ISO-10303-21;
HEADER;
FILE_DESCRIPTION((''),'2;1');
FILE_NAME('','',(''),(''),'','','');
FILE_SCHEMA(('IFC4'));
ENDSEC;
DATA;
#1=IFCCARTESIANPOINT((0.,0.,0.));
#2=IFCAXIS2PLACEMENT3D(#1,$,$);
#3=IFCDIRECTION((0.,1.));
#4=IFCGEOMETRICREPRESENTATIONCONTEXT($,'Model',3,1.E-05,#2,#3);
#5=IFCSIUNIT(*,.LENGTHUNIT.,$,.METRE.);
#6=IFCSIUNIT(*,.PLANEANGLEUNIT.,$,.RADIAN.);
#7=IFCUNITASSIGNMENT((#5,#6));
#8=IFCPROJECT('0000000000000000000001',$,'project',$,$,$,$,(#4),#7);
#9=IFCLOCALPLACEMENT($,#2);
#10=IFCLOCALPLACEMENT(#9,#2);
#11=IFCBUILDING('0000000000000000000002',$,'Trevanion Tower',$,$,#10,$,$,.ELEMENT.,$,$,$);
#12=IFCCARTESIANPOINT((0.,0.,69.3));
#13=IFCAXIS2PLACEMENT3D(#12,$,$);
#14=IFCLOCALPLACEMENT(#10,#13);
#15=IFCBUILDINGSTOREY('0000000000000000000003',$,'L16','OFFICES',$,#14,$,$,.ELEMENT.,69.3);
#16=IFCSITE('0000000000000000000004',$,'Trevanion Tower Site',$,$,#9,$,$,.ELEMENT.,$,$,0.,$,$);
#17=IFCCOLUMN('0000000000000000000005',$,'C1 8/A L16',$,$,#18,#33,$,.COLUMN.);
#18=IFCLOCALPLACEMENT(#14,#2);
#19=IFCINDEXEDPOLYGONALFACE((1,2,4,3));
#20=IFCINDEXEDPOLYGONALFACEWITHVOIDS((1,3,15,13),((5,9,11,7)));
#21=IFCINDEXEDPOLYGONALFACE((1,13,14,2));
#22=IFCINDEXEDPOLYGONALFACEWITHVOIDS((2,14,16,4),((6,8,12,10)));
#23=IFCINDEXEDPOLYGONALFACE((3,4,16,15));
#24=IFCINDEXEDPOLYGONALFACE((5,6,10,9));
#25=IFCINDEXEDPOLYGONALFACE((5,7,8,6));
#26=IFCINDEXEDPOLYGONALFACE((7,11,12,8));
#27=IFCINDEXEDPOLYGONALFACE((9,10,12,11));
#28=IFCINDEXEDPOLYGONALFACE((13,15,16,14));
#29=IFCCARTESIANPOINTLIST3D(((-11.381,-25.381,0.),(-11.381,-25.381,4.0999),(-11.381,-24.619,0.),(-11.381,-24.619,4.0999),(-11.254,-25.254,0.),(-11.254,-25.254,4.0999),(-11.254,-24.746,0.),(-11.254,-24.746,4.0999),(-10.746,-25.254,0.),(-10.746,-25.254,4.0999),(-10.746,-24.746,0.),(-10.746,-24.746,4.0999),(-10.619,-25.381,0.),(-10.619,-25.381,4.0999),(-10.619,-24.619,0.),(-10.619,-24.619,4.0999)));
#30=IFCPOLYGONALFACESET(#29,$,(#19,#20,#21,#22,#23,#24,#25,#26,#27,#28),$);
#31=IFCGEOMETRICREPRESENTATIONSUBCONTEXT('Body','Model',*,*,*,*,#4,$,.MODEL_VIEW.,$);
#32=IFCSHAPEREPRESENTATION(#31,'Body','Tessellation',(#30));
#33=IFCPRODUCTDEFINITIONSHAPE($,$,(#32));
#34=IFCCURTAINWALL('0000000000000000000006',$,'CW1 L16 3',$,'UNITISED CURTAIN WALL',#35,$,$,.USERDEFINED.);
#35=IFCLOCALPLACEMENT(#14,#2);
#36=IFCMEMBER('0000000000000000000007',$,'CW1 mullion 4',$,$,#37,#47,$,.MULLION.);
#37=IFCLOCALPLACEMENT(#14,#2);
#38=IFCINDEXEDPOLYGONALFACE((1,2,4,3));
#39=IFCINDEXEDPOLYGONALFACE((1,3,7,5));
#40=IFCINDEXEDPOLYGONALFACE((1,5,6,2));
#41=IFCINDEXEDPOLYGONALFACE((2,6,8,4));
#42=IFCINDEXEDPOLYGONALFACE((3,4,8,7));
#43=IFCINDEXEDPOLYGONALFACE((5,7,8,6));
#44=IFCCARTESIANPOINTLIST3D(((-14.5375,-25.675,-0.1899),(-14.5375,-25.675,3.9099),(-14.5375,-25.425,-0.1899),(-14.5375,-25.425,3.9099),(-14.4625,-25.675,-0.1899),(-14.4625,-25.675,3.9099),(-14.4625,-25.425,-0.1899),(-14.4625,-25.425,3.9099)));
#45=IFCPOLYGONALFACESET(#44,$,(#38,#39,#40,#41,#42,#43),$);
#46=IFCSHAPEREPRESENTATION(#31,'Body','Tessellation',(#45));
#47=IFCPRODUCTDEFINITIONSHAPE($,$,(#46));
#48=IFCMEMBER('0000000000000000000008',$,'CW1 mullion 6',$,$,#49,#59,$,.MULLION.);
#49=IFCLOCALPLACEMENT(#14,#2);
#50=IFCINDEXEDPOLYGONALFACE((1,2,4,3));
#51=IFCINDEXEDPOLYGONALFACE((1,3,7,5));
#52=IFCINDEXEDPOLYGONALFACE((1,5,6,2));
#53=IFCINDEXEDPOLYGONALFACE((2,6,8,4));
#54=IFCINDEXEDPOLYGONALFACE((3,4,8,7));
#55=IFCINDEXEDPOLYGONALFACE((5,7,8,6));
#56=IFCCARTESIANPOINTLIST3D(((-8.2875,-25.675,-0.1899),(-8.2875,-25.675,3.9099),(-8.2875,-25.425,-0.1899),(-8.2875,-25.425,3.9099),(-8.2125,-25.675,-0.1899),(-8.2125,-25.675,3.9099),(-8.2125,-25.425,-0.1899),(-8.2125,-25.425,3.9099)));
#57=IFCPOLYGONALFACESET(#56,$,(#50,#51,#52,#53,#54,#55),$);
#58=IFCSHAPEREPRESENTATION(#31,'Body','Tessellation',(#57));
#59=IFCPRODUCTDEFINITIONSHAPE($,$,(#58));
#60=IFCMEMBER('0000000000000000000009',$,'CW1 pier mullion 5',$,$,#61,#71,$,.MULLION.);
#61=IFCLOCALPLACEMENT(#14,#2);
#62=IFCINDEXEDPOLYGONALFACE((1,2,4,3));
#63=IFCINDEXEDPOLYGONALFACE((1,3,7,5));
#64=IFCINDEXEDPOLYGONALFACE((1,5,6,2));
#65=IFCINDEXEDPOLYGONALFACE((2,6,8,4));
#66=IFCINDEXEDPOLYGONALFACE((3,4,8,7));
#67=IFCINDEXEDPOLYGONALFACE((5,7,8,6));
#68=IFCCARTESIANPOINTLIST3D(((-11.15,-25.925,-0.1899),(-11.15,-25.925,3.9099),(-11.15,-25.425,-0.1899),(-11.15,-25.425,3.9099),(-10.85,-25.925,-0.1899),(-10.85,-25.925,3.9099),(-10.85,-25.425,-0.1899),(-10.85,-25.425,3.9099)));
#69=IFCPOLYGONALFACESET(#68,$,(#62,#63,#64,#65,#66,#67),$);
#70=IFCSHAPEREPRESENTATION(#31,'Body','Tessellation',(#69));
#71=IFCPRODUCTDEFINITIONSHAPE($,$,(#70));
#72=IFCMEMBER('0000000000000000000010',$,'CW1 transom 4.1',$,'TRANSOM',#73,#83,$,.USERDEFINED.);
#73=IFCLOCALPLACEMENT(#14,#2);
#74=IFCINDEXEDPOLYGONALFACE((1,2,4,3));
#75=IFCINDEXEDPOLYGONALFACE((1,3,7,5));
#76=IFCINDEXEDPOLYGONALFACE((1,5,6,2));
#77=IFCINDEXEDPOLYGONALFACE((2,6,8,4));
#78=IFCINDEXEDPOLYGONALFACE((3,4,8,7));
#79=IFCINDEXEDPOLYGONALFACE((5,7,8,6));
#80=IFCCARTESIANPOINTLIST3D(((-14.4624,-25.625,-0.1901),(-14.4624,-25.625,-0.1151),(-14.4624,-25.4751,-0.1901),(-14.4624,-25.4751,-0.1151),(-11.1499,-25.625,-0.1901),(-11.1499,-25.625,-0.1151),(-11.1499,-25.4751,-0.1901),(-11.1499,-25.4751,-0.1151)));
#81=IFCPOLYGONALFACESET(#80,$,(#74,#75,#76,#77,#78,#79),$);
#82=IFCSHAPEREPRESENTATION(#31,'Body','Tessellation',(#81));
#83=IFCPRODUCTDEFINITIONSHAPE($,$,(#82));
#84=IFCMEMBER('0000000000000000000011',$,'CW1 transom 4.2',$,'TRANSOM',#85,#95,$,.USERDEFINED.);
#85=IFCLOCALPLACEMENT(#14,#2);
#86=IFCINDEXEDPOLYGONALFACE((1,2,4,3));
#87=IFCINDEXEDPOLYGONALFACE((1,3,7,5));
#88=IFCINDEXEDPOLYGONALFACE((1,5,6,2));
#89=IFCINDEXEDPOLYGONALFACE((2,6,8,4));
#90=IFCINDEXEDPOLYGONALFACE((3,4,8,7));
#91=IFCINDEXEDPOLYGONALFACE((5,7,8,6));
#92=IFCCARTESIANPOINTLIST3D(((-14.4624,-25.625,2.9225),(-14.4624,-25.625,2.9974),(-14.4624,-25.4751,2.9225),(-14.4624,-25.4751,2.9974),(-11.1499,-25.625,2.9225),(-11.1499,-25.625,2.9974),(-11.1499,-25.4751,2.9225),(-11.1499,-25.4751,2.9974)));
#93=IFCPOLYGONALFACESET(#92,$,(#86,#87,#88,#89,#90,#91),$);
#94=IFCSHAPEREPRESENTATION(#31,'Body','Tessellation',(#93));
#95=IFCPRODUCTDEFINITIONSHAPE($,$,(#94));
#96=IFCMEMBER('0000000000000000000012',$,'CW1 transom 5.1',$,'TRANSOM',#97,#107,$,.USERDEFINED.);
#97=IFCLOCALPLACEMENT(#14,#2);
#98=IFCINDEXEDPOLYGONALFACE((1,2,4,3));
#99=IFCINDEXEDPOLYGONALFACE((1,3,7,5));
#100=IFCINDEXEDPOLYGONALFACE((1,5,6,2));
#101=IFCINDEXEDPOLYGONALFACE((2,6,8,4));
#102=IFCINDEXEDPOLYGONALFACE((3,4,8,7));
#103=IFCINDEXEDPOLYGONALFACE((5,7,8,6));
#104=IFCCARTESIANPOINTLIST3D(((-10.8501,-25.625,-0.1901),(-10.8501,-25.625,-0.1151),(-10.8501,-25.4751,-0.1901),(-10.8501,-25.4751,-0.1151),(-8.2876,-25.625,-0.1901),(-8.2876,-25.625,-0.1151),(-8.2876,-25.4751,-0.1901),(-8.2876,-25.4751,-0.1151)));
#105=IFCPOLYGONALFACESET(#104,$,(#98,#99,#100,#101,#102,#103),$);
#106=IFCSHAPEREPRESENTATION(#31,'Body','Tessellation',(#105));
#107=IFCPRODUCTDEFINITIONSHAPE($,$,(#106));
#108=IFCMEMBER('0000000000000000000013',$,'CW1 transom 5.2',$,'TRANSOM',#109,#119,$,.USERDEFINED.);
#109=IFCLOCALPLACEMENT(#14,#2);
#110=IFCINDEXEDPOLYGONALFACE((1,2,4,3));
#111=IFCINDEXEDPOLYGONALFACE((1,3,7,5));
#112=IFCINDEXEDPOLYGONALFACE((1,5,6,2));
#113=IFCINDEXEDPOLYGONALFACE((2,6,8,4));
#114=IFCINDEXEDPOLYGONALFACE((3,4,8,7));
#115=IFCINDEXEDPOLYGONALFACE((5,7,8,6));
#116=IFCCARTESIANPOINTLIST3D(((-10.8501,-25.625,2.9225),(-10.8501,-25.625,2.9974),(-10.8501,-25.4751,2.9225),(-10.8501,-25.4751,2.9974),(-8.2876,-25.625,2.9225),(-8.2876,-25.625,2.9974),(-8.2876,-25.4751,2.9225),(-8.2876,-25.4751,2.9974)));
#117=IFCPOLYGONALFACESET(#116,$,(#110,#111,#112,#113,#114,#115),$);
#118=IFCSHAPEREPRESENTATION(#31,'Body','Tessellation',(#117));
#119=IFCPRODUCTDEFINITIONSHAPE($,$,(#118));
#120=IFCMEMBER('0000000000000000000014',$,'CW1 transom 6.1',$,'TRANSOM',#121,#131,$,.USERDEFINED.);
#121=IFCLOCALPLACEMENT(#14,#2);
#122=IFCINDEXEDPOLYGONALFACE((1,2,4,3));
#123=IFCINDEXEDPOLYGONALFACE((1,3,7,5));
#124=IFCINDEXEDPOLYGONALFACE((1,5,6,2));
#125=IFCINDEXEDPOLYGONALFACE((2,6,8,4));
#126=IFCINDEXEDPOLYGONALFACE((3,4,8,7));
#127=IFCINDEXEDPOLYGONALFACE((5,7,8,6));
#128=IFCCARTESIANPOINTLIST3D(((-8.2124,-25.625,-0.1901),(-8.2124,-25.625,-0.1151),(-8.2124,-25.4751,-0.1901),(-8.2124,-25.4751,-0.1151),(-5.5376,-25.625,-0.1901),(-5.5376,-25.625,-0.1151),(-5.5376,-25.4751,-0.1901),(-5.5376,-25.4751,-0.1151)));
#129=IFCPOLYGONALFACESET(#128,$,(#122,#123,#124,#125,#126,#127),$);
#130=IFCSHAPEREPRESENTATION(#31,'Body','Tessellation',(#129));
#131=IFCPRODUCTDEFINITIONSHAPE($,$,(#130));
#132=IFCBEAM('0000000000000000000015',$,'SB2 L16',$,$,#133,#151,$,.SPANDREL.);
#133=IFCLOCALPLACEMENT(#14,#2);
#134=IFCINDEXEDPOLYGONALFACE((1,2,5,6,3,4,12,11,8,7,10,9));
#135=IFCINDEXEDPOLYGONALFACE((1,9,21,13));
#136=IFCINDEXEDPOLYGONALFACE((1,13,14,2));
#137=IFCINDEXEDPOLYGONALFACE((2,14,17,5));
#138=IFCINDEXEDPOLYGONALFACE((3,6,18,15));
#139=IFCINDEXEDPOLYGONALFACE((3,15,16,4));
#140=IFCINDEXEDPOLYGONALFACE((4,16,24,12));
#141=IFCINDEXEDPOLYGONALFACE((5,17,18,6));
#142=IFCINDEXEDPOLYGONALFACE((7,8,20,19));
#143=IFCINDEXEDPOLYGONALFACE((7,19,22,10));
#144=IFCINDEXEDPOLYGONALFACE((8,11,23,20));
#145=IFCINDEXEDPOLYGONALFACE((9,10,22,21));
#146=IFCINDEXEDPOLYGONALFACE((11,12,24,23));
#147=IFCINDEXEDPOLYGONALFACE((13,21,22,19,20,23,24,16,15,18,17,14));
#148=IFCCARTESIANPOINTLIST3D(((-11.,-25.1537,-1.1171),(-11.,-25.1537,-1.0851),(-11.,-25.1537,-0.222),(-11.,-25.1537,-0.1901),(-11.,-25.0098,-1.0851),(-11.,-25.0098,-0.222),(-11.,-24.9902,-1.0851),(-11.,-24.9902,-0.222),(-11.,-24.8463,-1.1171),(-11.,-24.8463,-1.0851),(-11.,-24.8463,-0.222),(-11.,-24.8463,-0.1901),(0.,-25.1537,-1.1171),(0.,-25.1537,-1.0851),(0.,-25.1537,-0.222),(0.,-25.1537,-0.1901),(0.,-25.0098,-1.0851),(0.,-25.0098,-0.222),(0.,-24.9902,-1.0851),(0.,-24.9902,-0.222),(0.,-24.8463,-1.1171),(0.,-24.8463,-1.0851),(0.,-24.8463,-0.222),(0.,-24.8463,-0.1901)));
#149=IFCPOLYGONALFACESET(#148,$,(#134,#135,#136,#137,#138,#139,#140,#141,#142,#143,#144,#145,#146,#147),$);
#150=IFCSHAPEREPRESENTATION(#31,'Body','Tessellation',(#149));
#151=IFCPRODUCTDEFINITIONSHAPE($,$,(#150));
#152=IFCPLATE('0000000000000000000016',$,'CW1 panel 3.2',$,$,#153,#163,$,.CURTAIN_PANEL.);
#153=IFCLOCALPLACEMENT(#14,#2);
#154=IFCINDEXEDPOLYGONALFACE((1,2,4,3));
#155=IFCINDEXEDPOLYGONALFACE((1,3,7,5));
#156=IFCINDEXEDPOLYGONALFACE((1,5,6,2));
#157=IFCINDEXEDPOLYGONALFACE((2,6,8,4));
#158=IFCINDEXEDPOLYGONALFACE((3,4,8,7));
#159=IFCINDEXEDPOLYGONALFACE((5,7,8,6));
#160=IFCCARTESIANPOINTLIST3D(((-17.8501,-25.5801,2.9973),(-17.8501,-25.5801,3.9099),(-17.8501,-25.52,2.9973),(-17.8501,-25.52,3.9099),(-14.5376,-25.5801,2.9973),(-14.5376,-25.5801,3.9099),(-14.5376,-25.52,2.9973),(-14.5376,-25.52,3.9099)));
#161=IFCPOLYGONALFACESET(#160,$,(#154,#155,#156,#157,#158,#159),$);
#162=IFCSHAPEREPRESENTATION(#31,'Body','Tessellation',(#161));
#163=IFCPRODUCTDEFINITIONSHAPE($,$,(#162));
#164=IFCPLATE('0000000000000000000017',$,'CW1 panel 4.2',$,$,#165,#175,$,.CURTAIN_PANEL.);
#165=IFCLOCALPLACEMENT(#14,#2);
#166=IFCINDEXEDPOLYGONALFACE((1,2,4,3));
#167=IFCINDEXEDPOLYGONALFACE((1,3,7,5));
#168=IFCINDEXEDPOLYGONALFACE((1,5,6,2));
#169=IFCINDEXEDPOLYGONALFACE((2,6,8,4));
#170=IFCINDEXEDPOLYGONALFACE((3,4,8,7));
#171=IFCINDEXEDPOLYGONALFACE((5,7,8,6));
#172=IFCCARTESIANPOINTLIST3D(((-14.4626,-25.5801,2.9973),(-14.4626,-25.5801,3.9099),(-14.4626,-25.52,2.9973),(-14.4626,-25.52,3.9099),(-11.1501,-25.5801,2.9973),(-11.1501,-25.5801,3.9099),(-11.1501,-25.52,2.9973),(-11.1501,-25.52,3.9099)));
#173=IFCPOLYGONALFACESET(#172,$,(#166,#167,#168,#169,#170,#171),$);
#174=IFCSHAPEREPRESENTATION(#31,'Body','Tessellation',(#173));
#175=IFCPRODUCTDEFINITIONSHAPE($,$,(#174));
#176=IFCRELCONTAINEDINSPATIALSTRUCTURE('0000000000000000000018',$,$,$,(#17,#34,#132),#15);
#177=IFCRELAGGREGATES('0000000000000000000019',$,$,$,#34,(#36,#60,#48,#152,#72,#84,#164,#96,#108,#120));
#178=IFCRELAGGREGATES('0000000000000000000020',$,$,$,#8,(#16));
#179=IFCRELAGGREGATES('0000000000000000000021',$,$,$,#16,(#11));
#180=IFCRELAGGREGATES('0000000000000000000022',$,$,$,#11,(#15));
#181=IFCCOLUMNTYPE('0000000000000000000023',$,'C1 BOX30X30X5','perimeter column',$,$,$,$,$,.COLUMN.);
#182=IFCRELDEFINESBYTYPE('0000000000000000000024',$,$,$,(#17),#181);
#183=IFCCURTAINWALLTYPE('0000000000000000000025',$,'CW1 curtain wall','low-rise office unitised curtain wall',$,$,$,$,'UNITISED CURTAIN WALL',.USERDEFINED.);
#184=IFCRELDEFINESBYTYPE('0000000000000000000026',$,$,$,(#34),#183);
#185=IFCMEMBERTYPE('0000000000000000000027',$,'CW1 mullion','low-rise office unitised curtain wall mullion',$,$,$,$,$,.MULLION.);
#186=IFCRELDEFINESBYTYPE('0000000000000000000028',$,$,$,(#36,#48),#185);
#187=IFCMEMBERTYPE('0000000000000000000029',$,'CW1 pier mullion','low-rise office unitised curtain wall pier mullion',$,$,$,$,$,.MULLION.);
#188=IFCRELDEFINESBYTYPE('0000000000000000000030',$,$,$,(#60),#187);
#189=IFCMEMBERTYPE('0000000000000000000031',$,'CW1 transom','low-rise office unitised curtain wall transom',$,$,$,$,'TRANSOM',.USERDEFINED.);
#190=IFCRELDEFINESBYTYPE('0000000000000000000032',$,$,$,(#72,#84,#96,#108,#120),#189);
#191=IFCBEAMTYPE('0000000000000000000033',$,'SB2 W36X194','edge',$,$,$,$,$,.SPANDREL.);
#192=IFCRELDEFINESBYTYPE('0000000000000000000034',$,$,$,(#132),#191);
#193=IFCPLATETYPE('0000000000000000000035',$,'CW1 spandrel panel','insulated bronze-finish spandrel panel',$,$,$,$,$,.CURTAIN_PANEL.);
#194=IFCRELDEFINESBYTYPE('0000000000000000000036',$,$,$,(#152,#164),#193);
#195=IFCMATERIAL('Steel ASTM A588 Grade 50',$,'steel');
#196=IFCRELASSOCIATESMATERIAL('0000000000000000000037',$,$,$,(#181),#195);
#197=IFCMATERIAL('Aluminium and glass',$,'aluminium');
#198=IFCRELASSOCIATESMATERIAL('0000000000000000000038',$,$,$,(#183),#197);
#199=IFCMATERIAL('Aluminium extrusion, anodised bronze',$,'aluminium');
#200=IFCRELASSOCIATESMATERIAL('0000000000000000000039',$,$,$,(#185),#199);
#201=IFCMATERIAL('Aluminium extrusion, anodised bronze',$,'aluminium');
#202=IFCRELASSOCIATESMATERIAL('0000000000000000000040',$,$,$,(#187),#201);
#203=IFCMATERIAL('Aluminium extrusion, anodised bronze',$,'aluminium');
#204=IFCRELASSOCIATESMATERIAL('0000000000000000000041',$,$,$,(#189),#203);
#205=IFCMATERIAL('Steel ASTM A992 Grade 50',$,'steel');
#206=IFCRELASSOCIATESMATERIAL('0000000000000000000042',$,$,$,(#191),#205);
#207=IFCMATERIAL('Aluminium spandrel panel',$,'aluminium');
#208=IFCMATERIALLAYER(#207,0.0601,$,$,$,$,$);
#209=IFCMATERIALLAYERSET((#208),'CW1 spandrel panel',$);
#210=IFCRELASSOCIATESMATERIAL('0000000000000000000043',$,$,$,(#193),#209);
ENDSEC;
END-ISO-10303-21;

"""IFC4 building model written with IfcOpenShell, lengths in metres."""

from ifc_helpers import new_model, si_unit, direction, frame, origin, origin_2d, place, context, subcontext, project, spatial, rectangle, hollow_rectangle, i_section, extrude, material, layer, layer_set, material_profile, profile_set, type_object, element, aggregate, save


model = new_model("IFC4")

# Units and contexts
model_context = context("Model", 3, precision=1e-05, world=origin(), true_north=direction((0.0, 1.0)))
body_context = subcontext(model_context, "Body", "Model", "MODEL_VIEW")
ifc_project = project(units=[si_unit("LENGTHUNIT", "METRE"), si_unit("PLANEANGLEUNIT", "RADIAN")], contexts=[model_context])

# Site, building, storey
site_placement = place(None, origin())
site = spatial("IfcSite", under=ifc_project, at=site_placement, Name="Trevanion Tower Site", CompositionType="ELEMENT", RefElevation=0.0)
building_placement = place(site_placement, origin())
building = spatial("IfcBuilding", under=site, at=building_placement, Name="Trevanion Tower", CompositionType="ELEMENT")
storey_placement = place(building_placement, frame((0.0, 0.0, 69.3)))
storey = spatial("IfcBuildingStorey", under=building, at=storey_placement, Name="L16", Description="OFFICES", CompositionType="ELEMENT", Elevation=69.3)

# Column
ifc_material_1 = material(Name="Steel ASTM A588 Grade 50", Category="steel")
ifc_material_profile_1 = material_profile(ifc_material_1, hollow_rectangle(XDim=0.762, YDim=0.762, WallThickness=0.127, at=origin_2d()), Name="BOX30X30X5")
ifc_profile_set_1 = profile_set([ifc_material_profile_1], Name="Steel ASTM A588 Grade 50")
column_type = type_object("IfcColumnType", Name="C1 BOX30X30X5", Description="perimeter column", PredefinedType="COLUMN", material=ifc_profile_set_1)
column_placement = place(storey_placement, frame((-11.0, -25.0, 0.0), z_axis=(0.0, 0.0, 1.0), x_axis=(1.0, 0.0, 0.0)))
element("IfcColumn", 1, at=column_placement, inside=storey, type_object=column_type, Name="C1 8/A L16", PredefinedType="COLUMN", context=body_context, shape_type="SweptSolid", body=[
    extrude(hollow_rectangle(XDim=0.762, YDim=0.762, WallThickness=0.127, at=origin_2d()), origin(), (0.0, 0.0, 1.0), 4.0999),
])

# Curtain wall, members
ifc_material_2 = material(Name="Aluminium and glass", Category="aluminium")
curtain_wall_type = type_object("IfcCurtainWallType", Name="CW1 curtain wall", Description="low-rise office unitised curtain wall", ElementType="UNITISED CURTAIN WALL", PredefinedType="USERDEFINED", material=ifc_material_2)
curtain_wall_placement = place(storey_placement, origin())
curtain_wall = element("IfcCurtainWall", 2, at=curtain_wall_placement, inside=storey, type_object=curtain_wall_type, Name="CW1 L16 3", ObjectType="UNITISED CURTAIN WALL", PredefinedType="USERDEFINED")
ifc_material_3 = material(Name="Aluminium extrusion, anodised bronze", Category="aluminium")
ifc_material_profile_2 = material_profile(ifc_material_3, rectangle(XDim=0.075, YDim=0.25, at=origin_2d()), Name="CW1 mullion")
ifc_profile_set_2 = profile_set([ifc_material_profile_2], Name="Aluminium extrusion, anodised bronze")
member_type_1 = type_object("IfcMemberType", Name="CW1 mullion", Description="low-rise office unitised curtain wall mullion", PredefinedType="MULLION", material=ifc_profile_set_2)
member_1_placement = place(storey_placement, frame((-14.5, -25.55, -0.1899), z_axis=(0.0, 0.0, 1.0), x_axis=(1.0, 0.0, 0.0)))
member_1 = element("IfcMember", 3, at=member_1_placement, type_object=member_type_1, Name="CW1 mullion 4", PredefinedType="MULLION", context=body_context, shape_type="SweptSolid", body=[
    extrude(rectangle(XDim=0.075, YDim=0.25, at=origin_2d()), origin(), (0.0, 0.0, 1.0), 4.0999),
])
member_2_placement = place(storey_placement, frame((-8.25, -25.55, -0.1899), z_axis=(0.0, 0.0, 1.0), x_axis=(1.0, 0.0, 0.0)))
member_2 = element("IfcMember", 4, at=member_2_placement, type_object=member_type_1, Name="CW1 mullion 6", PredefinedType="MULLION", context=body_context, shape_type="SweptSolid", body=[
    extrude(rectangle(XDim=0.075, YDim=0.25, at=origin_2d()), origin(), (0.0, 0.0, 1.0), 4.0999),
])
ifc_material_4 = material(Name="Aluminium extrusion, anodised bronze", Category="aluminium")
ifc_material_profile_3 = material_profile(ifc_material_4, rectangle(XDim=0.3, YDim=0.5, at=origin_2d()), Name="CW1 pier mullion")
ifc_profile_set_3 = profile_set([ifc_material_profile_3], Name="Aluminium extrusion, anodised bronze")
member_type_2 = type_object("IfcMemberType", Name="CW1 pier mullion", Description="low-rise office unitised curtain wall pier mullion", PredefinedType="MULLION", material=ifc_profile_set_3)
member_3_placement = place(storey_placement, frame((-11.0, -25.675, -0.1899), z_axis=(0.0, 0.0, 1.0), x_axis=(1.0, 0.0, 0.0)))
member_3 = element("IfcMember", 5, at=member_3_placement, type_object=member_type_2, Name="CW1 pier mullion 5", PredefinedType="MULLION", context=body_context, shape_type="SweptSolid", body=[
    extrude(rectangle(XDim=0.3, YDim=0.5, at=origin_2d()), origin(), (0.0, 0.0, 1.0), 4.0999),
])
ifc_material_5 = material(Name="Aluminium extrusion, anodised bronze", Category="aluminium")
ifc_material_profile_4 = material_profile(ifc_material_5, rectangle(XDim=0.1499, YDim=0.075, at=origin_2d()), Name="CW1 transom")
ifc_profile_set_4 = profile_set([ifc_material_profile_4], Name="Aluminium extrusion, anodised bronze")
member_type_3 = type_object("IfcMemberType", Name="CW1 transom", Description="low-rise office unitised curtain wall transom", ElementType="TRANSOM", PredefinedType="USERDEFINED", material=ifc_profile_set_4)
member_4_placement = place(storey_placement, frame((-14.4624, -25.55, -0.1526), z_axis=(1.0, 0.0, 0.0), x_axis=(0.0, 1.0, 0.0)))
member_4 = element("IfcMember", 6, at=member_4_placement, type_object=member_type_3, Name="CW1 transom 4.1", ObjectType="TRANSOM", PredefinedType="USERDEFINED", context=body_context, shape_type="SweptSolid", body=[
    extrude(rectangle(XDim=0.1499, YDim=0.075, at=origin_2d()), origin(), (0.0, 0.0, 1.0), 3.3125),
])
member_5_placement = place(storey_placement, frame((-14.4624, -25.55, 2.96), z_axis=(1.0, 0.0, 0.0), x_axis=(0.0, 1.0, 0.0)))
member_5 = element("IfcMember", 7, at=member_5_placement, type_object=member_type_3, Name="CW1 transom 4.2", ObjectType="TRANSOM", PredefinedType="USERDEFINED", context=body_context, shape_type="SweptSolid", body=[
    extrude(rectangle(XDim=0.1499, YDim=0.075, at=origin_2d()), origin(), (0.0, 0.0, 1.0), 3.3125),
])
member_6_placement = place(storey_placement, frame((-10.8501, -25.55, -0.1526), z_axis=(1.0, 0.0, 0.0), x_axis=(0.0, 1.0, 0.0)))
member_6 = element("IfcMember", 8, at=member_6_placement, type_object=member_type_3, Name="CW1 transom 5.1", ObjectType="TRANSOM", PredefinedType="USERDEFINED", context=body_context, shape_type="SweptSolid", body=[
    extrude(rectangle(XDim=0.1499, YDim=0.075, at=origin_2d()), origin(), (0.0, 0.0, 1.0), 2.5625),
])
member_7_placement = place(storey_placement, frame((-10.8501, -25.55, 2.96), z_axis=(1.0, 0.0, 0.0), x_axis=(0.0, 1.0, 0.0)))
member_7 = element("IfcMember", 9, at=member_7_placement, type_object=member_type_3, Name="CW1 transom 5.2", ObjectType="TRANSOM", PredefinedType="USERDEFINED", context=body_context, shape_type="SweptSolid", body=[
    extrude(rectangle(XDim=0.1499, YDim=0.075, at=origin_2d()), origin(), (0.0, 0.0, 1.0), 2.5625),
])
member_8_placement = place(storey_placement, frame((-8.2124, -25.55, -0.1526), z_axis=(1.0, 0.0, 0.0), x_axis=(0.0, 1.0, 0.0)))
member_8 = element("IfcMember", 10, at=member_8_placement, type_object=member_type_3, Name="CW1 transom 6.1", ObjectType="TRANSOM", PredefinedType="USERDEFINED", context=body_context, shape_type="SweptSolid", body=[
    extrude(rectangle(XDim=0.1499, YDim=0.075, at=origin_2d()), origin(), (0.0, 0.0, 1.0), 2.6748),
])

# Beam
ifc_material_6 = material(Name="Steel ASTM A992 Grade 50", Category="steel")
ifc_material_profile_5 = material_profile(ifc_material_6, i_section(OverallWidth=0.3074, OverallDepth=0.927, WebThickness=0.0195, FlangeThickness=0.032, at=origin_2d()), Name="W36X194")
ifc_profile_set_5 = profile_set([ifc_material_profile_5], Name="Steel ASTM A992 Grade 50")
beam_type = type_object("IfcBeamType", Name="SB2 W36X194", Description="edge", PredefinedType="SPANDREL", material=ifc_profile_set_5)
beam_placement = place(storey_placement, frame((-11.0, -25.0, -0.6536), z_axis=(1.0, 0.0, 0.0), x_axis=(0.0, 1.0, 0.0)))
element("IfcBeam", 11, at=beam_placement, inside=storey, type_object=beam_type, Name="SB2 L16", PredefinedType="SPANDREL", context=body_context, shape_type="SweptSolid", body=[
    extrude(i_section(OverallWidth=0.3074, OverallDepth=0.927, WebThickness=0.0195, FlangeThickness=0.032, at=origin_2d()), origin(), (0.0, 0.0, 1.0), 11.0),
])

# Plates
ifc_material_7 = material(Name="Aluminium spandrel panel", Category="aluminium")
ifc_layer_1 = layer(ifc_material_7, 0.0601)
ifc_layer_set_1 = layer_set([ifc_layer_1], Name="CW1 spandrel panel")
plate_type_1 = type_object("IfcPlateType", Name="CW1 spandrel panel", Description="insulated bronze-finish spandrel panel", PredefinedType="CURTAIN_PANEL", material=ifc_layer_set_1)
plate_1_placement = place(storey_placement, frame((-16.1938, -25.55, 2.9973), z_axis=(0.0, 0.0, 1.0), x_axis=(1.0, 0.0, 0.0)))
plate_1 = element("IfcPlate", 12, at=plate_1_placement, type_object=plate_type_1, Name="CW1 panel 3.2", PredefinedType="CURTAIN_PANEL", context=body_context, shape_type="SweptSolid", body=[
    extrude(rectangle(XDim=3.3125, YDim=0.0601, at=origin_2d()), origin(), (0.0, 0.0, 1.0), 0.9126),
])
plate_2_placement = place(storey_placement, frame((-12.8064, -25.55, 2.9973), z_axis=(0.0, 0.0, 1.0), x_axis=(1.0, 0.0, 0.0)))
plate_2 = element("IfcPlate", 13, at=plate_2_placement, type_object=plate_type_1, Name="CW1 panel 4.2", PredefinedType="CURTAIN_PANEL", context=body_context, shape_type="SweptSolid", body=[
    extrude(rectangle(XDim=3.3125, YDim=0.0601, at=origin_2d()), origin(), (0.0, 0.0, 1.0), 0.9126),
])
aggregate(curtain_wall, [member_1, member_3, member_2, plate_1, member_4, member_5, plate_2, member_6, member_7, member_8])

save(model, "model.ifc")
